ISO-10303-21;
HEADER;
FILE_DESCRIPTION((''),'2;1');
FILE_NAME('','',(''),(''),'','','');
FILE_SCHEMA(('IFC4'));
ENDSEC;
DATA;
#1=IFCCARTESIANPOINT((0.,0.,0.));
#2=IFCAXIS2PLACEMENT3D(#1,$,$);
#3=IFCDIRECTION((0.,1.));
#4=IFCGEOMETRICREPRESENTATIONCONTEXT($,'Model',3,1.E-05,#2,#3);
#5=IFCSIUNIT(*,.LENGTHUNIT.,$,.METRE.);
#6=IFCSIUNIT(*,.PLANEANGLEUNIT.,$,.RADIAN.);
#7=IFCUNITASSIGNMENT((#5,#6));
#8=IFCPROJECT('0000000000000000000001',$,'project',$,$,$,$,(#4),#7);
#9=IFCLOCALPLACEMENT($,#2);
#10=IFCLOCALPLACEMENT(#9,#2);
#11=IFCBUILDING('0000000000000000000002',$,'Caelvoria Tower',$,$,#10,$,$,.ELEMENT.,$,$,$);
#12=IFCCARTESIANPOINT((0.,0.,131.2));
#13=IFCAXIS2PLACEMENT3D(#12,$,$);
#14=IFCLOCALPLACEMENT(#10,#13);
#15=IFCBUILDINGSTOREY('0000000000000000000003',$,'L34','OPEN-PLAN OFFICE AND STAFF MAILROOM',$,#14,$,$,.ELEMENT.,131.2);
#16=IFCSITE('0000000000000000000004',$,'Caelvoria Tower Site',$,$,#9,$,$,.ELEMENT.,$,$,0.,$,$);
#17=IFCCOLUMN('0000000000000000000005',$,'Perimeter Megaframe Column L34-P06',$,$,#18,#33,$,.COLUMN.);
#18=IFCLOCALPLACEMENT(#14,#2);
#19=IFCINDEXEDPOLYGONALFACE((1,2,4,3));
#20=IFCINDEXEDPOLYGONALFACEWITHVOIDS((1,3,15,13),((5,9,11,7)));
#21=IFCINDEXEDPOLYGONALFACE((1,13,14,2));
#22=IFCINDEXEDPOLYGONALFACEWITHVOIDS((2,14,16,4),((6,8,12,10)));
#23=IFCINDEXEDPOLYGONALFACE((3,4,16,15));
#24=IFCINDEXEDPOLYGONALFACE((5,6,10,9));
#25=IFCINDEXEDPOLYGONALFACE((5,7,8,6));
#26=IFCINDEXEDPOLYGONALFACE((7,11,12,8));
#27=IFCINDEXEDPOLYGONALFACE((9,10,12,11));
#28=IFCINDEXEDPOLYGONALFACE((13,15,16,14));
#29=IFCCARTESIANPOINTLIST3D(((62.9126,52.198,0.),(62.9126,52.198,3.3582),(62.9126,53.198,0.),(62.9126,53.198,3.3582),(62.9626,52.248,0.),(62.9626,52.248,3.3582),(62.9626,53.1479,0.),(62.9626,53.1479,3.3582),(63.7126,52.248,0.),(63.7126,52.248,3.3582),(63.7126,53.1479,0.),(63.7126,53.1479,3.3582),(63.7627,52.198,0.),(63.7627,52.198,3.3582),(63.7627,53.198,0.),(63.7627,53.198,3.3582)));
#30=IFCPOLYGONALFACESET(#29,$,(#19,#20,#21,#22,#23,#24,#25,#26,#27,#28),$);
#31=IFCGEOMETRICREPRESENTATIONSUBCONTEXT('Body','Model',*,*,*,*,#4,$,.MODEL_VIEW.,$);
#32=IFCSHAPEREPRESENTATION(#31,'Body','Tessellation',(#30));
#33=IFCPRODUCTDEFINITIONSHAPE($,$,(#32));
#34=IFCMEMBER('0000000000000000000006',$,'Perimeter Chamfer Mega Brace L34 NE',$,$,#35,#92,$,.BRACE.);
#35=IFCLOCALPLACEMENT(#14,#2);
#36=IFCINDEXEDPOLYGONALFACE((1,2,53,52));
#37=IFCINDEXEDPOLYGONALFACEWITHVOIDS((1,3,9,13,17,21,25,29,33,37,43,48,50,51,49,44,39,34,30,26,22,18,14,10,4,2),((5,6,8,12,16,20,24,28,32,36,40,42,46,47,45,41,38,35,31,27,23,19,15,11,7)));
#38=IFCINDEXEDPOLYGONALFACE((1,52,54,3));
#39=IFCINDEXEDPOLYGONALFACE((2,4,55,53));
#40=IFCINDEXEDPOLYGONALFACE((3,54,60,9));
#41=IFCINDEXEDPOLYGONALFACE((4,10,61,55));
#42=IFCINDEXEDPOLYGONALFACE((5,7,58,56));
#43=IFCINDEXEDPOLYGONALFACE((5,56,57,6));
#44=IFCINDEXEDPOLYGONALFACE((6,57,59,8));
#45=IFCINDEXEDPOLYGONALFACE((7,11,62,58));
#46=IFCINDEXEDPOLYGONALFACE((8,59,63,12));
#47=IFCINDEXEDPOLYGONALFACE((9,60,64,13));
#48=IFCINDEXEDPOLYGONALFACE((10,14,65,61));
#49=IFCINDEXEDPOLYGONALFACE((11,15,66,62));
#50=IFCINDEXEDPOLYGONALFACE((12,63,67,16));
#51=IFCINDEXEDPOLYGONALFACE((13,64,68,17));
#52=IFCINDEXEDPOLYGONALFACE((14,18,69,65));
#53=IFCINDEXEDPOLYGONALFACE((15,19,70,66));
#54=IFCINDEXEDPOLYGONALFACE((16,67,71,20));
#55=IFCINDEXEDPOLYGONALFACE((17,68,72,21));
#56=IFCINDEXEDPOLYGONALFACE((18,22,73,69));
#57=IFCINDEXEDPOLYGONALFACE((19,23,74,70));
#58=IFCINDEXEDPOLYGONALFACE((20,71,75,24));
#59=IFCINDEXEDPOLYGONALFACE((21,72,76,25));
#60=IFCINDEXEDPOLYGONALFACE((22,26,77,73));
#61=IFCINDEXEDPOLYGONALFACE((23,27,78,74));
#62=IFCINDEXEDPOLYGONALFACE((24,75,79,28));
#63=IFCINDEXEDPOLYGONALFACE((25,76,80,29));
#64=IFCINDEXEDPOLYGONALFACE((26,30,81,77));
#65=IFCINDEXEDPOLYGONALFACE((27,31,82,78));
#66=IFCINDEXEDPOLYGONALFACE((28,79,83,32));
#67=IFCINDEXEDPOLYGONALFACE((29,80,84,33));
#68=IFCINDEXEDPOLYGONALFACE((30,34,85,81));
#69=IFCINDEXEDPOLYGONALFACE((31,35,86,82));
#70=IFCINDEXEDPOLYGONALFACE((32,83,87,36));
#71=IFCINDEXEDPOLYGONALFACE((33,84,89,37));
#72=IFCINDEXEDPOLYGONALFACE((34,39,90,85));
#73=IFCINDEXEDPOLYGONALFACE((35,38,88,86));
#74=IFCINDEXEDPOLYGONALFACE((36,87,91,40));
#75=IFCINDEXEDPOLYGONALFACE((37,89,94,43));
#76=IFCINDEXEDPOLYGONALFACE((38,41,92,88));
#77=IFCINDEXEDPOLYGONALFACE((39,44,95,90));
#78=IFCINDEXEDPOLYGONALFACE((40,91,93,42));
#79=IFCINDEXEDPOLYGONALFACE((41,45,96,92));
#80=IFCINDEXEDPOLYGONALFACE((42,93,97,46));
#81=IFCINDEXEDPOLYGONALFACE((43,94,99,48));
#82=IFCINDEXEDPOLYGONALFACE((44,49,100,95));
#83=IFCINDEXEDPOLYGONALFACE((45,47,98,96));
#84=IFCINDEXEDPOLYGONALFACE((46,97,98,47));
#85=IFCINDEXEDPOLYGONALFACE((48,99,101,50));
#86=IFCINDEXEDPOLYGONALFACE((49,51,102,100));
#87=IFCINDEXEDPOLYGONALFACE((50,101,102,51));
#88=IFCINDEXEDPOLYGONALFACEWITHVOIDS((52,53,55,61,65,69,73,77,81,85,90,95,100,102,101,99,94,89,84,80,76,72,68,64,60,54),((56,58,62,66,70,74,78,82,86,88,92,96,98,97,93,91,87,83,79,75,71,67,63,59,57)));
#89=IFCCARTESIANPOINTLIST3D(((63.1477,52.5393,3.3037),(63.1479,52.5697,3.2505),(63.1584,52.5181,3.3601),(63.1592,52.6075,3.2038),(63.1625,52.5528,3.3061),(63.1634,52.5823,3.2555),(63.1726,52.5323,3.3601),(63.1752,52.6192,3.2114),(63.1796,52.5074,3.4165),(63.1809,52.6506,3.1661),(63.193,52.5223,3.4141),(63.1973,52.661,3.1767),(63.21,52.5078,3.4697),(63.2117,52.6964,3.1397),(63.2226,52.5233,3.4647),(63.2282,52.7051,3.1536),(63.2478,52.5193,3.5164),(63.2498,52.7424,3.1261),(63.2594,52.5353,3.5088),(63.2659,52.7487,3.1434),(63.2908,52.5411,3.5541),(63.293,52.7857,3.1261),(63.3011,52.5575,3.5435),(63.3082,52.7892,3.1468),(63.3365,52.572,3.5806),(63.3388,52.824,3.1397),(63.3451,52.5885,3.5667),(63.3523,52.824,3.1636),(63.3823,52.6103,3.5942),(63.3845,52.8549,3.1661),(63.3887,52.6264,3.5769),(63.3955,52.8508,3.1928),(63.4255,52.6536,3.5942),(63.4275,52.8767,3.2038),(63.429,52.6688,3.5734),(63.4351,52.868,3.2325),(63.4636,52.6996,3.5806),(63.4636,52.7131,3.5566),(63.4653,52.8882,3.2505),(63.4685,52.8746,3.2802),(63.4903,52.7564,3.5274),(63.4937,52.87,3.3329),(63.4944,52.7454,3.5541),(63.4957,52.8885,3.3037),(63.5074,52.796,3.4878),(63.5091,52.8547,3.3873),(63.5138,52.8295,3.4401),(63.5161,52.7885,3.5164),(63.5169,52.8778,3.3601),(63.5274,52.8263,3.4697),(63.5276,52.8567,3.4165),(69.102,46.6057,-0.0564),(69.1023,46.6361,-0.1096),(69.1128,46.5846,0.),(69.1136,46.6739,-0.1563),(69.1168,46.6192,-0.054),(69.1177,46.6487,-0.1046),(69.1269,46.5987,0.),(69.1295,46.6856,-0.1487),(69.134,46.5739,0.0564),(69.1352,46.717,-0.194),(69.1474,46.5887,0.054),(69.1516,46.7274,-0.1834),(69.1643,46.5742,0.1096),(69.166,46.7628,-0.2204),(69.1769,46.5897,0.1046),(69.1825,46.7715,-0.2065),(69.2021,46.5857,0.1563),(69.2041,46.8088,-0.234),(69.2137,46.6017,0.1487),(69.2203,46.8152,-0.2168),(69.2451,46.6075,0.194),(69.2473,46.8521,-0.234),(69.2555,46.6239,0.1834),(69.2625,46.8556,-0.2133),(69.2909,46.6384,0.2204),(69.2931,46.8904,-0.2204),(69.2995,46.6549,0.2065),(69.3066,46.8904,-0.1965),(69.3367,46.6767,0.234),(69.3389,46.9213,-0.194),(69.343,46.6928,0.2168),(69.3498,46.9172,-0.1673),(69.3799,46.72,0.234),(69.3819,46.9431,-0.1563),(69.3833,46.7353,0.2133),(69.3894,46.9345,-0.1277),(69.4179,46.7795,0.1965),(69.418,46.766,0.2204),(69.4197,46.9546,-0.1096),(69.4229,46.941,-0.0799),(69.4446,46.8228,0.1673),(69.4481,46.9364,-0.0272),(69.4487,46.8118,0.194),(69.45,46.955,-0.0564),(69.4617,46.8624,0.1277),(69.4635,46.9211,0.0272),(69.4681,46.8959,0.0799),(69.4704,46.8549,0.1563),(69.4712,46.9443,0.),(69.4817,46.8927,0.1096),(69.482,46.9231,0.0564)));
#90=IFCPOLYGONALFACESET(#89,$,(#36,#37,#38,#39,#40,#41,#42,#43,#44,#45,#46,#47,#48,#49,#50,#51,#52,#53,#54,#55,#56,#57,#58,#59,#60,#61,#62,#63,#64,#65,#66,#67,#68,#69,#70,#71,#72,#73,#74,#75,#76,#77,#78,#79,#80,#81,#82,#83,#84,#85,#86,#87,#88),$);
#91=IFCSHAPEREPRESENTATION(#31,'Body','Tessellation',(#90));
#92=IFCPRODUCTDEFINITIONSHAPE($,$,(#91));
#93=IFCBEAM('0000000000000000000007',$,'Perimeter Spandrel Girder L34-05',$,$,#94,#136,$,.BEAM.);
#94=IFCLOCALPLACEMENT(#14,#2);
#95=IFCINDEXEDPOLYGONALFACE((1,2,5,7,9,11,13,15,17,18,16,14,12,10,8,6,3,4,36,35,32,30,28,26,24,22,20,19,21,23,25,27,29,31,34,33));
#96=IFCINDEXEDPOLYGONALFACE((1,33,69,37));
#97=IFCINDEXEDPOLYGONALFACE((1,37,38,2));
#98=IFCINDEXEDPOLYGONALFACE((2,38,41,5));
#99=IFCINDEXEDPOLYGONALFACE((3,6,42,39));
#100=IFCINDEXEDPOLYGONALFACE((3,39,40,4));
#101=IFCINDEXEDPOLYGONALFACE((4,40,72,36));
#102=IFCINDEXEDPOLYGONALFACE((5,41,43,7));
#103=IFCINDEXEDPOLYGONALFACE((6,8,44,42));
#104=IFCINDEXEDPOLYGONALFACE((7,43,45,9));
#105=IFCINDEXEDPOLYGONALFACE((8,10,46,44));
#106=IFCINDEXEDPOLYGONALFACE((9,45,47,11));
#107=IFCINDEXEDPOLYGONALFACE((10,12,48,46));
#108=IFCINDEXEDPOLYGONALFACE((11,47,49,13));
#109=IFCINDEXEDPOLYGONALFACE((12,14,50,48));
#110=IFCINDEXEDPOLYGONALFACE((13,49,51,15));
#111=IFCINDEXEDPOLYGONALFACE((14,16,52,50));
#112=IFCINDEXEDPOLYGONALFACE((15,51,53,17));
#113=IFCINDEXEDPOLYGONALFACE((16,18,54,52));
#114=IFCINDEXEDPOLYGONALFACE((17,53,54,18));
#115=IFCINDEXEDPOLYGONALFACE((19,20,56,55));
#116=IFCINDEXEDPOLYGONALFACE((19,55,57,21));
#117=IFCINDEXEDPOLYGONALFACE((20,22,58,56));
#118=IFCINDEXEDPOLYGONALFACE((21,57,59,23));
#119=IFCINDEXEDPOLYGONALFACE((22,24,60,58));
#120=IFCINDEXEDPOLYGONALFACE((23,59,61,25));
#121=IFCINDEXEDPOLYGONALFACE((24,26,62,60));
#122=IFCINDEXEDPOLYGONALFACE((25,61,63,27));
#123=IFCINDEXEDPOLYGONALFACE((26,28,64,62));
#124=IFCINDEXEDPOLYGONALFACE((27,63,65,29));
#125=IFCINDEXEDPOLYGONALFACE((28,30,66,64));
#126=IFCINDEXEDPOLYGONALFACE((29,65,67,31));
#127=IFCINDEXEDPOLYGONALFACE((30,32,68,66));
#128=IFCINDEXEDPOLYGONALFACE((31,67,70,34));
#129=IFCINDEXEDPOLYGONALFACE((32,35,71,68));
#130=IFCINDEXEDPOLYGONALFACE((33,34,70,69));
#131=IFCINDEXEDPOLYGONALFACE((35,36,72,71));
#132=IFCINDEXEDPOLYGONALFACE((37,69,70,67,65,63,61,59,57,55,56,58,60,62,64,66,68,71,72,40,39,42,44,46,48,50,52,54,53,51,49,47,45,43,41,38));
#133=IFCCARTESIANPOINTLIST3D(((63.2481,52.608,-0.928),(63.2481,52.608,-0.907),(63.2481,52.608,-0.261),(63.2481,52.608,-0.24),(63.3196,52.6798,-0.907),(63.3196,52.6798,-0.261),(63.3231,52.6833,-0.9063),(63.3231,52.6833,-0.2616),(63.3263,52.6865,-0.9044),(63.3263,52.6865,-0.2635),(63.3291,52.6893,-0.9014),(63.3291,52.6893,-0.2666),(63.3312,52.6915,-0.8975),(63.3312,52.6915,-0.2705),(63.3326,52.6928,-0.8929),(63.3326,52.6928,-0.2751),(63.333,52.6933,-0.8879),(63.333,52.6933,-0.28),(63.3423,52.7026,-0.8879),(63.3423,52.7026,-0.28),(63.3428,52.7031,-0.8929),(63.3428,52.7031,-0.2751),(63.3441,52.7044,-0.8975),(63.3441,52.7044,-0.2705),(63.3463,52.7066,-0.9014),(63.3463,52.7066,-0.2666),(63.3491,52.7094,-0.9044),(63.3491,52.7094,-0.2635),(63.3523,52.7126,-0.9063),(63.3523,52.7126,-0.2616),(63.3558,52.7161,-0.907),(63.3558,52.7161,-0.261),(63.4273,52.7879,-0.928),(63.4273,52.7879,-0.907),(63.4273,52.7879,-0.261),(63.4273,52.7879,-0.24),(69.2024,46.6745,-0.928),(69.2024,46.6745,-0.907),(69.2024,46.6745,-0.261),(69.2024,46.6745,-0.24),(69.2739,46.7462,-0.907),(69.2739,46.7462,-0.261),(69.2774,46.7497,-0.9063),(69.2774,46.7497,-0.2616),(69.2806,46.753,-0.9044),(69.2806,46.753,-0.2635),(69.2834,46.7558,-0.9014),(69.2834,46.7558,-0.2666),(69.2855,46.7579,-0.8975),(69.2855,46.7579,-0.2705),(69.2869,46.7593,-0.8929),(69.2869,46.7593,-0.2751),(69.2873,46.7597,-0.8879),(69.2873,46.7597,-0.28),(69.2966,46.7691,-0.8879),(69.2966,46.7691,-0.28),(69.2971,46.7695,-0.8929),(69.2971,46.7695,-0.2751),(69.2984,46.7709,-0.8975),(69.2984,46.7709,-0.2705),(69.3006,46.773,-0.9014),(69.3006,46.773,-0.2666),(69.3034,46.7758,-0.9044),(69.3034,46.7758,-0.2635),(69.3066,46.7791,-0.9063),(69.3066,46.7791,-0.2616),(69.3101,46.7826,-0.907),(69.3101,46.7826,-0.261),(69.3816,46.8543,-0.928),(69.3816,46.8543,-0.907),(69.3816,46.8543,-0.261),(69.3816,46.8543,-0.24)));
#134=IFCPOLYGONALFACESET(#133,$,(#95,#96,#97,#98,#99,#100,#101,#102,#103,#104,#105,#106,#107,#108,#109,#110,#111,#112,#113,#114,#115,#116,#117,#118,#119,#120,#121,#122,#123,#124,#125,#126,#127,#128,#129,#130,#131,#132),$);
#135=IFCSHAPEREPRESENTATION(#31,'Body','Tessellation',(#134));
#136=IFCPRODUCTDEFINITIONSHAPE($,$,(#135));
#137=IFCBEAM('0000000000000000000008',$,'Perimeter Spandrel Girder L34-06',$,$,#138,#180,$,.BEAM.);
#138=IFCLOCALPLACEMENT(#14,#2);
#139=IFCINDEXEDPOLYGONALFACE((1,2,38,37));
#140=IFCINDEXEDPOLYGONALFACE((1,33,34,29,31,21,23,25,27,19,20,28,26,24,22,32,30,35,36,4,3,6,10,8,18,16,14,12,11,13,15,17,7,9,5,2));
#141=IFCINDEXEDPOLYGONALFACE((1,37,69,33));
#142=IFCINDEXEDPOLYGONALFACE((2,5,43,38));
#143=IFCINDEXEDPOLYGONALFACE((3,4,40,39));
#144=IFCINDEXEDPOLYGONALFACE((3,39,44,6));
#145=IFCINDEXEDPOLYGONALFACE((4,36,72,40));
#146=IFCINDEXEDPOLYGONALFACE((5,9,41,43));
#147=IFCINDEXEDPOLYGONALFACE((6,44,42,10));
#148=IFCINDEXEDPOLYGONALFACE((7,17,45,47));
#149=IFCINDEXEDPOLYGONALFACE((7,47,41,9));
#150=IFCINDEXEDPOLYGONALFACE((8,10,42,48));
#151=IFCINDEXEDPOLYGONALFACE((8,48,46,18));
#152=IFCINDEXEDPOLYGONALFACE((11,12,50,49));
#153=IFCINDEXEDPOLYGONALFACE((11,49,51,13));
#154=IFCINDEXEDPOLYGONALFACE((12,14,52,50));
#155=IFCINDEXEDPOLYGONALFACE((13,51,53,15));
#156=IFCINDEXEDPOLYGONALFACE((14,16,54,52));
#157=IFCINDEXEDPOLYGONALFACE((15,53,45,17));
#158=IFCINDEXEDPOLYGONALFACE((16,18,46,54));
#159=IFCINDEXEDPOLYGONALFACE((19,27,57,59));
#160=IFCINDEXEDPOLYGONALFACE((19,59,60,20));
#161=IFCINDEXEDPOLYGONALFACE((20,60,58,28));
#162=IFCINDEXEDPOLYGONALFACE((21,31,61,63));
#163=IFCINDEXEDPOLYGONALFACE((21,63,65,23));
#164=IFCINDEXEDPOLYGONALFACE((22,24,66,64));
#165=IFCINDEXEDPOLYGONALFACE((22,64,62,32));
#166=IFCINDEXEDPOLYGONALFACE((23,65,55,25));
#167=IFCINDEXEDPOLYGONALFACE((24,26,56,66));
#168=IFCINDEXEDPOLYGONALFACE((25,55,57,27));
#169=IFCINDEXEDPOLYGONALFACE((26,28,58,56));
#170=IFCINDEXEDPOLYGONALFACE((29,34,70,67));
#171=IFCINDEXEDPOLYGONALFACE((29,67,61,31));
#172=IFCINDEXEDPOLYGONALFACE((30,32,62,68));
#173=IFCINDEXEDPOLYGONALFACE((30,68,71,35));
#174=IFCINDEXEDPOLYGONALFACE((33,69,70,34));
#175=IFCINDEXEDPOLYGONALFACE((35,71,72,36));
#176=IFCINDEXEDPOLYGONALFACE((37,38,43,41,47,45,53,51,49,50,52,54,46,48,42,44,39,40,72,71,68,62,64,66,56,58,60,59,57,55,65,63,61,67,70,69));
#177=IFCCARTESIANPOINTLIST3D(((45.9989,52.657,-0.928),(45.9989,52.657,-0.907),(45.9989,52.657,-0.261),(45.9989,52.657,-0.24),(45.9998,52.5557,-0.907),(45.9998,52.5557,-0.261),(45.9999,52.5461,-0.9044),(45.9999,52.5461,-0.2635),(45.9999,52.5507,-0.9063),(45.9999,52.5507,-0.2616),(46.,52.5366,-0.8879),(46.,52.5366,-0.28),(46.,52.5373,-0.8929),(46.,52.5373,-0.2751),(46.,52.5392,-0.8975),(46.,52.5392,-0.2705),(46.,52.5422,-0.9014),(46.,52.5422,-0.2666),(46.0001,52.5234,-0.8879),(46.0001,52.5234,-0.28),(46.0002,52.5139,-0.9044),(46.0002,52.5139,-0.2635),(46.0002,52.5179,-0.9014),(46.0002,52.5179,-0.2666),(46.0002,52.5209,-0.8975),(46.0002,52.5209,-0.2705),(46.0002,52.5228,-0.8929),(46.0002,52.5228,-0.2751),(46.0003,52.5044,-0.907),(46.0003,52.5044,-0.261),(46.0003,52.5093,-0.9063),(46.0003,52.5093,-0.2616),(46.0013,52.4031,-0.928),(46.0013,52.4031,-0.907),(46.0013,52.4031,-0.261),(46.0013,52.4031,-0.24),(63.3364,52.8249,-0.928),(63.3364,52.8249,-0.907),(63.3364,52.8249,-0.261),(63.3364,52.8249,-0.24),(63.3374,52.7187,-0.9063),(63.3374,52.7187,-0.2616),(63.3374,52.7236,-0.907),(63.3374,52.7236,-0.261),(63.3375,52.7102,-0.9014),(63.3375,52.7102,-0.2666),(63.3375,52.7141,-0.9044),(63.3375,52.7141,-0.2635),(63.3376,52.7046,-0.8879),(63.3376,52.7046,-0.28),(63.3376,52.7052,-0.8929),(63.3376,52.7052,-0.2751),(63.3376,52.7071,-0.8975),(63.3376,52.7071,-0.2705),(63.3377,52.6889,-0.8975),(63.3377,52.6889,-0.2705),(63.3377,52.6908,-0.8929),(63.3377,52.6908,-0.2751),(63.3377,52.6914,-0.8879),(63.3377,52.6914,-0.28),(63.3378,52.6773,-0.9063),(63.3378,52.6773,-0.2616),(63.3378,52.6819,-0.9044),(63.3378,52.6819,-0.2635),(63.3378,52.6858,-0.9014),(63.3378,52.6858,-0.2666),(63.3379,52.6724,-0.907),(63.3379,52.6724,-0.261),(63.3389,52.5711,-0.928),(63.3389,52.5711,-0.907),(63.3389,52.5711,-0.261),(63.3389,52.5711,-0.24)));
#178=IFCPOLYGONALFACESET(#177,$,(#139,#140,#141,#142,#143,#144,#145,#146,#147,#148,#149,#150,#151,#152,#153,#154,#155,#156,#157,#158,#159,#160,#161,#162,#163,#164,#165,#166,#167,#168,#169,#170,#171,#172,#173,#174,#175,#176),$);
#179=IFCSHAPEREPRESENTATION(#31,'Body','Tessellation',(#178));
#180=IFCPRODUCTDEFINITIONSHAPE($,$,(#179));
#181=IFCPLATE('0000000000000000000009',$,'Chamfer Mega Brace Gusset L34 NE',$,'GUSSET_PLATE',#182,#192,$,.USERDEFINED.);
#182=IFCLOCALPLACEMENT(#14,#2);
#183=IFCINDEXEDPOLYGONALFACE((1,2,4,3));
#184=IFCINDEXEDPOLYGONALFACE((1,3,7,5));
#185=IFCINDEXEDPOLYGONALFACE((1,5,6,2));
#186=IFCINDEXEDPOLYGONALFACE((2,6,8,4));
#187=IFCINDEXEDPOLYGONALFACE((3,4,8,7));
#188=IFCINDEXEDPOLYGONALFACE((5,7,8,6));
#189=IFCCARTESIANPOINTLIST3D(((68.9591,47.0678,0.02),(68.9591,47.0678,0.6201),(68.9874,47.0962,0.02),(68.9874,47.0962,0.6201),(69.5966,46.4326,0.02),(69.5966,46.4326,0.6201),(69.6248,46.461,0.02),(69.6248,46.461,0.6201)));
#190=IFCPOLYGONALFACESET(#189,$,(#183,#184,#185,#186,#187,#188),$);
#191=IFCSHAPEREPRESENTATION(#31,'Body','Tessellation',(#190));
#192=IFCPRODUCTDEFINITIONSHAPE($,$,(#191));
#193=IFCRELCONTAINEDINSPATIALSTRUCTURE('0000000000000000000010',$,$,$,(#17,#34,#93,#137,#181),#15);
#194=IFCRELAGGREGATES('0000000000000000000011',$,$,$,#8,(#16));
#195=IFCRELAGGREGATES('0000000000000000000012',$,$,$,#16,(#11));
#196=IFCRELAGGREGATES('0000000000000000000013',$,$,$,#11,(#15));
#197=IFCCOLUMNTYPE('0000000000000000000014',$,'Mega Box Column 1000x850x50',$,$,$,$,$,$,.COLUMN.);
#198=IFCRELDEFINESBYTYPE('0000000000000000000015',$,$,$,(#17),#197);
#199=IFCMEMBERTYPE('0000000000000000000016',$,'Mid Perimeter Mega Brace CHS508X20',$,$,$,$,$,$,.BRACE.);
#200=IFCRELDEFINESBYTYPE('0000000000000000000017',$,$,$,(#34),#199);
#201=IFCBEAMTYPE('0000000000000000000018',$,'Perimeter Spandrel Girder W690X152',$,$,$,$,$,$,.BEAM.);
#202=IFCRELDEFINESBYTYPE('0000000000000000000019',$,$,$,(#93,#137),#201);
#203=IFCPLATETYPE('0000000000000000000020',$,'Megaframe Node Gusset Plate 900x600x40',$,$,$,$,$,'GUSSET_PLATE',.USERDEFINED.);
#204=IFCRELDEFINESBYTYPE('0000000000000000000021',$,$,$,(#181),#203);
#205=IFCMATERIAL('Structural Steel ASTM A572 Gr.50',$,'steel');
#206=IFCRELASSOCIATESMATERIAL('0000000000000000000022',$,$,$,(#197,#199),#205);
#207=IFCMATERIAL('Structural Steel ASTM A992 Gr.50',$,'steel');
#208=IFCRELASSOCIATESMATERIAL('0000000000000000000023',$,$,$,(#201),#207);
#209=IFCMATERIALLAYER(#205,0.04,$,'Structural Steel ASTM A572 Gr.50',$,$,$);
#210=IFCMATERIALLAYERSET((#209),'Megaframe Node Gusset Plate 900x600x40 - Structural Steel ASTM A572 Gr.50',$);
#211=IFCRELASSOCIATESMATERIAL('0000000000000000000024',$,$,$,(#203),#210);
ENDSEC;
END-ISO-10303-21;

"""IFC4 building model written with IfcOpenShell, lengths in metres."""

from ifc_helpers import new_model, si_unit, direction, frame, origin, origin_2d, place, context, subcontext, project, spatial, rectangle, hollow_rectangle, hollow_circle, i_section, extrude, material, layer, layer_set, material_profile, profile_set, type_object, element, save


model = new_model("IFC4")

# Units and contexts
model_context = context("Model", 3, precision=1e-05, world=origin(), true_north=direction((0.0, 1.0)))
body_context = subcontext(model_context, "Body", "Model", "MODEL_VIEW")
ifc_project = project(units=[si_unit("LENGTHUNIT", "METRE"), si_unit("PLANEANGLEUNIT", "RADIAN")], contexts=[model_context])

# Site, building, storey
site_placement = place(None, origin())
site = spatial("IfcSite", under=ifc_project, at=site_placement, Name="Caelvoria Tower Site", CompositionType="ELEMENT", RefElevation=0.0)
building_placement = place(site_placement, origin())
building = spatial("IfcBuilding", under=site, at=building_placement, Name="Caelvoria Tower", CompositionType="ELEMENT")
storey_placement = place(building_placement, frame((0.0, 0.0, 131.2)))
storey = spatial("IfcBuildingStorey", under=building, at=storey_placement, Name="L34", Description="OPEN-PLAN OFFICE AND STAFF MAILROOM", CompositionType="ELEMENT", Elevation=131.2)

# Column
ifc_material_1 = material(Name="Structural Steel ASTM A572 Gr.50", Category="steel")
ifc_material_profile_1 = material_profile(ifc_material_1, hollow_rectangle(XDim=0.8501, YDim=1.0, WallThickness=0.05, at=origin_2d()), Name="Structural Steel ASTM A572 Gr.50")
ifc_profile_set_1 = profile_set([ifc_material_profile_1], Name="BOX1000X850X50 - Structural Steel ASTM A572 Gr.50")
column_type = type_object("IfcColumnType", Name="Mega Box Column 1000x850x50", PredefinedType="COLUMN", material=ifc_profile_set_1)
column_placement = place(storey_placement, frame((63.3376, 52.698, 0.0), z_axis=(0.0, 0.0, 1.0), x_axis=(1.0, 0.0, 0.0)))
element("IfcColumn", 1, at=column_placement, inside=storey, type_object=column_type, Name="Perimeter Megaframe Column L34-P06", PredefinedType="COLUMN", context=body_context, shape_type="SweptSolid", body=[
    extrude(hollow_rectangle(XDim=0.8501, YDim=1.0, WallThickness=0.05, at=origin_2d()), origin(), (0.0, 0.0, 1.0), 3.3582),
])

# Member
ifc_material_profile_2 = material_profile(ifc_material_1, hollow_circle(Radius=0.2539, WallThickness=0.02, at=origin_2d()), Name="Structural Steel ASTM A572 Gr.50")
ifc_profile_set_2 = profile_set([ifc_material_profile_2], Name="CHS508X20 - Structural Steel ASTM A572 Gr.50")
member_type = type_object("IfcMemberType", Name="Mid Perimeter Mega Brace CHS508X20", PredefinedType="BRACE", material=ifc_profile_set_2)
member_placement = place(storey_placement, frame((69.292, 46.7644, 0.0), z_axis=(-0.65774, 0.655447, 0.37117), x_axis=(-0.705871, -0.70834, 0.0)))
element("IfcMember", 2, at=member_placement, inside=storey, type_object=member_type, Name="Perimeter Chamfer Mega Brace L34 NE", PredefinedType="BRACE", context=body_context, shape_type="SweptSolid", body=[
    extrude(hollow_circle(Radius=0.2539, WallThickness=0.02, at=origin_2d()), origin(), (0.0, 0.0, 1.0), 9.0527),
])

# Beams
ifc_material_2 = material(Name="Structural Steel ASTM A992 Gr.50", Category="steel")
ifc_material_profile_3 = material_profile(ifc_material_2, i_section(OverallWidth=0.2539, OverallDepth=0.688, WebThickness=0.0132, FlangeThickness=0.021, FilletRadius=0.019, at=origin_2d()), Name="Structural Steel ASTM A992 Gr.50")
ifc_profile_set_3 = profile_set([ifc_material_profile_3], Name="W690X152 - Structural Steel ASTM A992 Gr.50")
beam_type = type_object("IfcBeamType", Name="Perimeter Spandrel Girder W690X152", PredefinedType="BEAM", material=ifc_profile_set_3)
beam_1_placement = place(storey_placement, frame((69.292, 46.7644, -0.584), z_axis=(-0.70834, 0.705871, 0.0), x_axis=(-0.705871, -0.70834, 0.0)))
element("IfcBeam", 3, at=beam_1_placement, inside=storey, type_object=beam_type, Name="Perimeter Spandrel Girder L34-05", PredefinedType="BEAM", context=body_context, shape_type="SweptSolid", body=[
    extrude(i_section(OverallWidth=0.2539, OverallDepth=0.688, WebThickness=0.0132, FlangeThickness=0.021, FilletRadius=0.019, at=origin_2d()), origin(), (0.0, 0.0, 1.0), 8.406),
])
beam_2_placement = place(storey_placement, frame((63.3376, 52.698, -0.584), z_axis=(-0.999953, -0.009688, 0.0), x_axis=(0.009688, -0.999953, 0.0)))
element("IfcBeam", 4, at=beam_2_placement, inside=storey, type_object=beam_type, Name="Perimeter Spandrel Girder L34-06", PredefinedType="BEAM", context=body_context, shape_type="SweptSolid", body=[
    extrude(i_section(OverallWidth=0.2539, OverallDepth=0.688, WebThickness=0.0132, FlangeThickness=0.021, FilletRadius=0.019, at=origin_2d()), origin(), (0.0, 0.0, 1.0), 17.3384),
])

# Plate
ifc_layer_1 = layer(ifc_material_1, 0.04, Name="Structural Steel ASTM A572 Gr.50")
ifc_layer_set_1 = layer_set([ifc_layer_1], Name="Megaframe Node Gusset Plate 900x600x40 - Structural Steel ASTM A572 Gr.50")
plate_type = type_object("IfcPlateType", Name="Megaframe Node Gusset Plate 900x600x40", ElementType="GUSSET_PLATE", PredefinedType="USERDEFINED", material=ifc_layer_set_1)
plate_placement = place(storey_placement, frame((69.292, 46.7644, 0.02), z_axis=(0.0, 0.0, 1.0), x_axis=(-0.708331, 0.70588, 0.0)))
element("IfcPlate", 5, at=plate_placement, inside=storey, type_object=plate_type, Name="Chamfer Mega Brace Gusset L34 NE", ObjectType="GUSSET_PLATE", PredefinedType="USERDEFINED", context=body_context, shape_type="SweptSolid", body=[
    extrude(rectangle(XDim=0.8999, YDim=0.04, at=origin_2d()), origin(), (0.0, 0.0, 1.0), 0.6001),
])

save(model, "model.ifc")
